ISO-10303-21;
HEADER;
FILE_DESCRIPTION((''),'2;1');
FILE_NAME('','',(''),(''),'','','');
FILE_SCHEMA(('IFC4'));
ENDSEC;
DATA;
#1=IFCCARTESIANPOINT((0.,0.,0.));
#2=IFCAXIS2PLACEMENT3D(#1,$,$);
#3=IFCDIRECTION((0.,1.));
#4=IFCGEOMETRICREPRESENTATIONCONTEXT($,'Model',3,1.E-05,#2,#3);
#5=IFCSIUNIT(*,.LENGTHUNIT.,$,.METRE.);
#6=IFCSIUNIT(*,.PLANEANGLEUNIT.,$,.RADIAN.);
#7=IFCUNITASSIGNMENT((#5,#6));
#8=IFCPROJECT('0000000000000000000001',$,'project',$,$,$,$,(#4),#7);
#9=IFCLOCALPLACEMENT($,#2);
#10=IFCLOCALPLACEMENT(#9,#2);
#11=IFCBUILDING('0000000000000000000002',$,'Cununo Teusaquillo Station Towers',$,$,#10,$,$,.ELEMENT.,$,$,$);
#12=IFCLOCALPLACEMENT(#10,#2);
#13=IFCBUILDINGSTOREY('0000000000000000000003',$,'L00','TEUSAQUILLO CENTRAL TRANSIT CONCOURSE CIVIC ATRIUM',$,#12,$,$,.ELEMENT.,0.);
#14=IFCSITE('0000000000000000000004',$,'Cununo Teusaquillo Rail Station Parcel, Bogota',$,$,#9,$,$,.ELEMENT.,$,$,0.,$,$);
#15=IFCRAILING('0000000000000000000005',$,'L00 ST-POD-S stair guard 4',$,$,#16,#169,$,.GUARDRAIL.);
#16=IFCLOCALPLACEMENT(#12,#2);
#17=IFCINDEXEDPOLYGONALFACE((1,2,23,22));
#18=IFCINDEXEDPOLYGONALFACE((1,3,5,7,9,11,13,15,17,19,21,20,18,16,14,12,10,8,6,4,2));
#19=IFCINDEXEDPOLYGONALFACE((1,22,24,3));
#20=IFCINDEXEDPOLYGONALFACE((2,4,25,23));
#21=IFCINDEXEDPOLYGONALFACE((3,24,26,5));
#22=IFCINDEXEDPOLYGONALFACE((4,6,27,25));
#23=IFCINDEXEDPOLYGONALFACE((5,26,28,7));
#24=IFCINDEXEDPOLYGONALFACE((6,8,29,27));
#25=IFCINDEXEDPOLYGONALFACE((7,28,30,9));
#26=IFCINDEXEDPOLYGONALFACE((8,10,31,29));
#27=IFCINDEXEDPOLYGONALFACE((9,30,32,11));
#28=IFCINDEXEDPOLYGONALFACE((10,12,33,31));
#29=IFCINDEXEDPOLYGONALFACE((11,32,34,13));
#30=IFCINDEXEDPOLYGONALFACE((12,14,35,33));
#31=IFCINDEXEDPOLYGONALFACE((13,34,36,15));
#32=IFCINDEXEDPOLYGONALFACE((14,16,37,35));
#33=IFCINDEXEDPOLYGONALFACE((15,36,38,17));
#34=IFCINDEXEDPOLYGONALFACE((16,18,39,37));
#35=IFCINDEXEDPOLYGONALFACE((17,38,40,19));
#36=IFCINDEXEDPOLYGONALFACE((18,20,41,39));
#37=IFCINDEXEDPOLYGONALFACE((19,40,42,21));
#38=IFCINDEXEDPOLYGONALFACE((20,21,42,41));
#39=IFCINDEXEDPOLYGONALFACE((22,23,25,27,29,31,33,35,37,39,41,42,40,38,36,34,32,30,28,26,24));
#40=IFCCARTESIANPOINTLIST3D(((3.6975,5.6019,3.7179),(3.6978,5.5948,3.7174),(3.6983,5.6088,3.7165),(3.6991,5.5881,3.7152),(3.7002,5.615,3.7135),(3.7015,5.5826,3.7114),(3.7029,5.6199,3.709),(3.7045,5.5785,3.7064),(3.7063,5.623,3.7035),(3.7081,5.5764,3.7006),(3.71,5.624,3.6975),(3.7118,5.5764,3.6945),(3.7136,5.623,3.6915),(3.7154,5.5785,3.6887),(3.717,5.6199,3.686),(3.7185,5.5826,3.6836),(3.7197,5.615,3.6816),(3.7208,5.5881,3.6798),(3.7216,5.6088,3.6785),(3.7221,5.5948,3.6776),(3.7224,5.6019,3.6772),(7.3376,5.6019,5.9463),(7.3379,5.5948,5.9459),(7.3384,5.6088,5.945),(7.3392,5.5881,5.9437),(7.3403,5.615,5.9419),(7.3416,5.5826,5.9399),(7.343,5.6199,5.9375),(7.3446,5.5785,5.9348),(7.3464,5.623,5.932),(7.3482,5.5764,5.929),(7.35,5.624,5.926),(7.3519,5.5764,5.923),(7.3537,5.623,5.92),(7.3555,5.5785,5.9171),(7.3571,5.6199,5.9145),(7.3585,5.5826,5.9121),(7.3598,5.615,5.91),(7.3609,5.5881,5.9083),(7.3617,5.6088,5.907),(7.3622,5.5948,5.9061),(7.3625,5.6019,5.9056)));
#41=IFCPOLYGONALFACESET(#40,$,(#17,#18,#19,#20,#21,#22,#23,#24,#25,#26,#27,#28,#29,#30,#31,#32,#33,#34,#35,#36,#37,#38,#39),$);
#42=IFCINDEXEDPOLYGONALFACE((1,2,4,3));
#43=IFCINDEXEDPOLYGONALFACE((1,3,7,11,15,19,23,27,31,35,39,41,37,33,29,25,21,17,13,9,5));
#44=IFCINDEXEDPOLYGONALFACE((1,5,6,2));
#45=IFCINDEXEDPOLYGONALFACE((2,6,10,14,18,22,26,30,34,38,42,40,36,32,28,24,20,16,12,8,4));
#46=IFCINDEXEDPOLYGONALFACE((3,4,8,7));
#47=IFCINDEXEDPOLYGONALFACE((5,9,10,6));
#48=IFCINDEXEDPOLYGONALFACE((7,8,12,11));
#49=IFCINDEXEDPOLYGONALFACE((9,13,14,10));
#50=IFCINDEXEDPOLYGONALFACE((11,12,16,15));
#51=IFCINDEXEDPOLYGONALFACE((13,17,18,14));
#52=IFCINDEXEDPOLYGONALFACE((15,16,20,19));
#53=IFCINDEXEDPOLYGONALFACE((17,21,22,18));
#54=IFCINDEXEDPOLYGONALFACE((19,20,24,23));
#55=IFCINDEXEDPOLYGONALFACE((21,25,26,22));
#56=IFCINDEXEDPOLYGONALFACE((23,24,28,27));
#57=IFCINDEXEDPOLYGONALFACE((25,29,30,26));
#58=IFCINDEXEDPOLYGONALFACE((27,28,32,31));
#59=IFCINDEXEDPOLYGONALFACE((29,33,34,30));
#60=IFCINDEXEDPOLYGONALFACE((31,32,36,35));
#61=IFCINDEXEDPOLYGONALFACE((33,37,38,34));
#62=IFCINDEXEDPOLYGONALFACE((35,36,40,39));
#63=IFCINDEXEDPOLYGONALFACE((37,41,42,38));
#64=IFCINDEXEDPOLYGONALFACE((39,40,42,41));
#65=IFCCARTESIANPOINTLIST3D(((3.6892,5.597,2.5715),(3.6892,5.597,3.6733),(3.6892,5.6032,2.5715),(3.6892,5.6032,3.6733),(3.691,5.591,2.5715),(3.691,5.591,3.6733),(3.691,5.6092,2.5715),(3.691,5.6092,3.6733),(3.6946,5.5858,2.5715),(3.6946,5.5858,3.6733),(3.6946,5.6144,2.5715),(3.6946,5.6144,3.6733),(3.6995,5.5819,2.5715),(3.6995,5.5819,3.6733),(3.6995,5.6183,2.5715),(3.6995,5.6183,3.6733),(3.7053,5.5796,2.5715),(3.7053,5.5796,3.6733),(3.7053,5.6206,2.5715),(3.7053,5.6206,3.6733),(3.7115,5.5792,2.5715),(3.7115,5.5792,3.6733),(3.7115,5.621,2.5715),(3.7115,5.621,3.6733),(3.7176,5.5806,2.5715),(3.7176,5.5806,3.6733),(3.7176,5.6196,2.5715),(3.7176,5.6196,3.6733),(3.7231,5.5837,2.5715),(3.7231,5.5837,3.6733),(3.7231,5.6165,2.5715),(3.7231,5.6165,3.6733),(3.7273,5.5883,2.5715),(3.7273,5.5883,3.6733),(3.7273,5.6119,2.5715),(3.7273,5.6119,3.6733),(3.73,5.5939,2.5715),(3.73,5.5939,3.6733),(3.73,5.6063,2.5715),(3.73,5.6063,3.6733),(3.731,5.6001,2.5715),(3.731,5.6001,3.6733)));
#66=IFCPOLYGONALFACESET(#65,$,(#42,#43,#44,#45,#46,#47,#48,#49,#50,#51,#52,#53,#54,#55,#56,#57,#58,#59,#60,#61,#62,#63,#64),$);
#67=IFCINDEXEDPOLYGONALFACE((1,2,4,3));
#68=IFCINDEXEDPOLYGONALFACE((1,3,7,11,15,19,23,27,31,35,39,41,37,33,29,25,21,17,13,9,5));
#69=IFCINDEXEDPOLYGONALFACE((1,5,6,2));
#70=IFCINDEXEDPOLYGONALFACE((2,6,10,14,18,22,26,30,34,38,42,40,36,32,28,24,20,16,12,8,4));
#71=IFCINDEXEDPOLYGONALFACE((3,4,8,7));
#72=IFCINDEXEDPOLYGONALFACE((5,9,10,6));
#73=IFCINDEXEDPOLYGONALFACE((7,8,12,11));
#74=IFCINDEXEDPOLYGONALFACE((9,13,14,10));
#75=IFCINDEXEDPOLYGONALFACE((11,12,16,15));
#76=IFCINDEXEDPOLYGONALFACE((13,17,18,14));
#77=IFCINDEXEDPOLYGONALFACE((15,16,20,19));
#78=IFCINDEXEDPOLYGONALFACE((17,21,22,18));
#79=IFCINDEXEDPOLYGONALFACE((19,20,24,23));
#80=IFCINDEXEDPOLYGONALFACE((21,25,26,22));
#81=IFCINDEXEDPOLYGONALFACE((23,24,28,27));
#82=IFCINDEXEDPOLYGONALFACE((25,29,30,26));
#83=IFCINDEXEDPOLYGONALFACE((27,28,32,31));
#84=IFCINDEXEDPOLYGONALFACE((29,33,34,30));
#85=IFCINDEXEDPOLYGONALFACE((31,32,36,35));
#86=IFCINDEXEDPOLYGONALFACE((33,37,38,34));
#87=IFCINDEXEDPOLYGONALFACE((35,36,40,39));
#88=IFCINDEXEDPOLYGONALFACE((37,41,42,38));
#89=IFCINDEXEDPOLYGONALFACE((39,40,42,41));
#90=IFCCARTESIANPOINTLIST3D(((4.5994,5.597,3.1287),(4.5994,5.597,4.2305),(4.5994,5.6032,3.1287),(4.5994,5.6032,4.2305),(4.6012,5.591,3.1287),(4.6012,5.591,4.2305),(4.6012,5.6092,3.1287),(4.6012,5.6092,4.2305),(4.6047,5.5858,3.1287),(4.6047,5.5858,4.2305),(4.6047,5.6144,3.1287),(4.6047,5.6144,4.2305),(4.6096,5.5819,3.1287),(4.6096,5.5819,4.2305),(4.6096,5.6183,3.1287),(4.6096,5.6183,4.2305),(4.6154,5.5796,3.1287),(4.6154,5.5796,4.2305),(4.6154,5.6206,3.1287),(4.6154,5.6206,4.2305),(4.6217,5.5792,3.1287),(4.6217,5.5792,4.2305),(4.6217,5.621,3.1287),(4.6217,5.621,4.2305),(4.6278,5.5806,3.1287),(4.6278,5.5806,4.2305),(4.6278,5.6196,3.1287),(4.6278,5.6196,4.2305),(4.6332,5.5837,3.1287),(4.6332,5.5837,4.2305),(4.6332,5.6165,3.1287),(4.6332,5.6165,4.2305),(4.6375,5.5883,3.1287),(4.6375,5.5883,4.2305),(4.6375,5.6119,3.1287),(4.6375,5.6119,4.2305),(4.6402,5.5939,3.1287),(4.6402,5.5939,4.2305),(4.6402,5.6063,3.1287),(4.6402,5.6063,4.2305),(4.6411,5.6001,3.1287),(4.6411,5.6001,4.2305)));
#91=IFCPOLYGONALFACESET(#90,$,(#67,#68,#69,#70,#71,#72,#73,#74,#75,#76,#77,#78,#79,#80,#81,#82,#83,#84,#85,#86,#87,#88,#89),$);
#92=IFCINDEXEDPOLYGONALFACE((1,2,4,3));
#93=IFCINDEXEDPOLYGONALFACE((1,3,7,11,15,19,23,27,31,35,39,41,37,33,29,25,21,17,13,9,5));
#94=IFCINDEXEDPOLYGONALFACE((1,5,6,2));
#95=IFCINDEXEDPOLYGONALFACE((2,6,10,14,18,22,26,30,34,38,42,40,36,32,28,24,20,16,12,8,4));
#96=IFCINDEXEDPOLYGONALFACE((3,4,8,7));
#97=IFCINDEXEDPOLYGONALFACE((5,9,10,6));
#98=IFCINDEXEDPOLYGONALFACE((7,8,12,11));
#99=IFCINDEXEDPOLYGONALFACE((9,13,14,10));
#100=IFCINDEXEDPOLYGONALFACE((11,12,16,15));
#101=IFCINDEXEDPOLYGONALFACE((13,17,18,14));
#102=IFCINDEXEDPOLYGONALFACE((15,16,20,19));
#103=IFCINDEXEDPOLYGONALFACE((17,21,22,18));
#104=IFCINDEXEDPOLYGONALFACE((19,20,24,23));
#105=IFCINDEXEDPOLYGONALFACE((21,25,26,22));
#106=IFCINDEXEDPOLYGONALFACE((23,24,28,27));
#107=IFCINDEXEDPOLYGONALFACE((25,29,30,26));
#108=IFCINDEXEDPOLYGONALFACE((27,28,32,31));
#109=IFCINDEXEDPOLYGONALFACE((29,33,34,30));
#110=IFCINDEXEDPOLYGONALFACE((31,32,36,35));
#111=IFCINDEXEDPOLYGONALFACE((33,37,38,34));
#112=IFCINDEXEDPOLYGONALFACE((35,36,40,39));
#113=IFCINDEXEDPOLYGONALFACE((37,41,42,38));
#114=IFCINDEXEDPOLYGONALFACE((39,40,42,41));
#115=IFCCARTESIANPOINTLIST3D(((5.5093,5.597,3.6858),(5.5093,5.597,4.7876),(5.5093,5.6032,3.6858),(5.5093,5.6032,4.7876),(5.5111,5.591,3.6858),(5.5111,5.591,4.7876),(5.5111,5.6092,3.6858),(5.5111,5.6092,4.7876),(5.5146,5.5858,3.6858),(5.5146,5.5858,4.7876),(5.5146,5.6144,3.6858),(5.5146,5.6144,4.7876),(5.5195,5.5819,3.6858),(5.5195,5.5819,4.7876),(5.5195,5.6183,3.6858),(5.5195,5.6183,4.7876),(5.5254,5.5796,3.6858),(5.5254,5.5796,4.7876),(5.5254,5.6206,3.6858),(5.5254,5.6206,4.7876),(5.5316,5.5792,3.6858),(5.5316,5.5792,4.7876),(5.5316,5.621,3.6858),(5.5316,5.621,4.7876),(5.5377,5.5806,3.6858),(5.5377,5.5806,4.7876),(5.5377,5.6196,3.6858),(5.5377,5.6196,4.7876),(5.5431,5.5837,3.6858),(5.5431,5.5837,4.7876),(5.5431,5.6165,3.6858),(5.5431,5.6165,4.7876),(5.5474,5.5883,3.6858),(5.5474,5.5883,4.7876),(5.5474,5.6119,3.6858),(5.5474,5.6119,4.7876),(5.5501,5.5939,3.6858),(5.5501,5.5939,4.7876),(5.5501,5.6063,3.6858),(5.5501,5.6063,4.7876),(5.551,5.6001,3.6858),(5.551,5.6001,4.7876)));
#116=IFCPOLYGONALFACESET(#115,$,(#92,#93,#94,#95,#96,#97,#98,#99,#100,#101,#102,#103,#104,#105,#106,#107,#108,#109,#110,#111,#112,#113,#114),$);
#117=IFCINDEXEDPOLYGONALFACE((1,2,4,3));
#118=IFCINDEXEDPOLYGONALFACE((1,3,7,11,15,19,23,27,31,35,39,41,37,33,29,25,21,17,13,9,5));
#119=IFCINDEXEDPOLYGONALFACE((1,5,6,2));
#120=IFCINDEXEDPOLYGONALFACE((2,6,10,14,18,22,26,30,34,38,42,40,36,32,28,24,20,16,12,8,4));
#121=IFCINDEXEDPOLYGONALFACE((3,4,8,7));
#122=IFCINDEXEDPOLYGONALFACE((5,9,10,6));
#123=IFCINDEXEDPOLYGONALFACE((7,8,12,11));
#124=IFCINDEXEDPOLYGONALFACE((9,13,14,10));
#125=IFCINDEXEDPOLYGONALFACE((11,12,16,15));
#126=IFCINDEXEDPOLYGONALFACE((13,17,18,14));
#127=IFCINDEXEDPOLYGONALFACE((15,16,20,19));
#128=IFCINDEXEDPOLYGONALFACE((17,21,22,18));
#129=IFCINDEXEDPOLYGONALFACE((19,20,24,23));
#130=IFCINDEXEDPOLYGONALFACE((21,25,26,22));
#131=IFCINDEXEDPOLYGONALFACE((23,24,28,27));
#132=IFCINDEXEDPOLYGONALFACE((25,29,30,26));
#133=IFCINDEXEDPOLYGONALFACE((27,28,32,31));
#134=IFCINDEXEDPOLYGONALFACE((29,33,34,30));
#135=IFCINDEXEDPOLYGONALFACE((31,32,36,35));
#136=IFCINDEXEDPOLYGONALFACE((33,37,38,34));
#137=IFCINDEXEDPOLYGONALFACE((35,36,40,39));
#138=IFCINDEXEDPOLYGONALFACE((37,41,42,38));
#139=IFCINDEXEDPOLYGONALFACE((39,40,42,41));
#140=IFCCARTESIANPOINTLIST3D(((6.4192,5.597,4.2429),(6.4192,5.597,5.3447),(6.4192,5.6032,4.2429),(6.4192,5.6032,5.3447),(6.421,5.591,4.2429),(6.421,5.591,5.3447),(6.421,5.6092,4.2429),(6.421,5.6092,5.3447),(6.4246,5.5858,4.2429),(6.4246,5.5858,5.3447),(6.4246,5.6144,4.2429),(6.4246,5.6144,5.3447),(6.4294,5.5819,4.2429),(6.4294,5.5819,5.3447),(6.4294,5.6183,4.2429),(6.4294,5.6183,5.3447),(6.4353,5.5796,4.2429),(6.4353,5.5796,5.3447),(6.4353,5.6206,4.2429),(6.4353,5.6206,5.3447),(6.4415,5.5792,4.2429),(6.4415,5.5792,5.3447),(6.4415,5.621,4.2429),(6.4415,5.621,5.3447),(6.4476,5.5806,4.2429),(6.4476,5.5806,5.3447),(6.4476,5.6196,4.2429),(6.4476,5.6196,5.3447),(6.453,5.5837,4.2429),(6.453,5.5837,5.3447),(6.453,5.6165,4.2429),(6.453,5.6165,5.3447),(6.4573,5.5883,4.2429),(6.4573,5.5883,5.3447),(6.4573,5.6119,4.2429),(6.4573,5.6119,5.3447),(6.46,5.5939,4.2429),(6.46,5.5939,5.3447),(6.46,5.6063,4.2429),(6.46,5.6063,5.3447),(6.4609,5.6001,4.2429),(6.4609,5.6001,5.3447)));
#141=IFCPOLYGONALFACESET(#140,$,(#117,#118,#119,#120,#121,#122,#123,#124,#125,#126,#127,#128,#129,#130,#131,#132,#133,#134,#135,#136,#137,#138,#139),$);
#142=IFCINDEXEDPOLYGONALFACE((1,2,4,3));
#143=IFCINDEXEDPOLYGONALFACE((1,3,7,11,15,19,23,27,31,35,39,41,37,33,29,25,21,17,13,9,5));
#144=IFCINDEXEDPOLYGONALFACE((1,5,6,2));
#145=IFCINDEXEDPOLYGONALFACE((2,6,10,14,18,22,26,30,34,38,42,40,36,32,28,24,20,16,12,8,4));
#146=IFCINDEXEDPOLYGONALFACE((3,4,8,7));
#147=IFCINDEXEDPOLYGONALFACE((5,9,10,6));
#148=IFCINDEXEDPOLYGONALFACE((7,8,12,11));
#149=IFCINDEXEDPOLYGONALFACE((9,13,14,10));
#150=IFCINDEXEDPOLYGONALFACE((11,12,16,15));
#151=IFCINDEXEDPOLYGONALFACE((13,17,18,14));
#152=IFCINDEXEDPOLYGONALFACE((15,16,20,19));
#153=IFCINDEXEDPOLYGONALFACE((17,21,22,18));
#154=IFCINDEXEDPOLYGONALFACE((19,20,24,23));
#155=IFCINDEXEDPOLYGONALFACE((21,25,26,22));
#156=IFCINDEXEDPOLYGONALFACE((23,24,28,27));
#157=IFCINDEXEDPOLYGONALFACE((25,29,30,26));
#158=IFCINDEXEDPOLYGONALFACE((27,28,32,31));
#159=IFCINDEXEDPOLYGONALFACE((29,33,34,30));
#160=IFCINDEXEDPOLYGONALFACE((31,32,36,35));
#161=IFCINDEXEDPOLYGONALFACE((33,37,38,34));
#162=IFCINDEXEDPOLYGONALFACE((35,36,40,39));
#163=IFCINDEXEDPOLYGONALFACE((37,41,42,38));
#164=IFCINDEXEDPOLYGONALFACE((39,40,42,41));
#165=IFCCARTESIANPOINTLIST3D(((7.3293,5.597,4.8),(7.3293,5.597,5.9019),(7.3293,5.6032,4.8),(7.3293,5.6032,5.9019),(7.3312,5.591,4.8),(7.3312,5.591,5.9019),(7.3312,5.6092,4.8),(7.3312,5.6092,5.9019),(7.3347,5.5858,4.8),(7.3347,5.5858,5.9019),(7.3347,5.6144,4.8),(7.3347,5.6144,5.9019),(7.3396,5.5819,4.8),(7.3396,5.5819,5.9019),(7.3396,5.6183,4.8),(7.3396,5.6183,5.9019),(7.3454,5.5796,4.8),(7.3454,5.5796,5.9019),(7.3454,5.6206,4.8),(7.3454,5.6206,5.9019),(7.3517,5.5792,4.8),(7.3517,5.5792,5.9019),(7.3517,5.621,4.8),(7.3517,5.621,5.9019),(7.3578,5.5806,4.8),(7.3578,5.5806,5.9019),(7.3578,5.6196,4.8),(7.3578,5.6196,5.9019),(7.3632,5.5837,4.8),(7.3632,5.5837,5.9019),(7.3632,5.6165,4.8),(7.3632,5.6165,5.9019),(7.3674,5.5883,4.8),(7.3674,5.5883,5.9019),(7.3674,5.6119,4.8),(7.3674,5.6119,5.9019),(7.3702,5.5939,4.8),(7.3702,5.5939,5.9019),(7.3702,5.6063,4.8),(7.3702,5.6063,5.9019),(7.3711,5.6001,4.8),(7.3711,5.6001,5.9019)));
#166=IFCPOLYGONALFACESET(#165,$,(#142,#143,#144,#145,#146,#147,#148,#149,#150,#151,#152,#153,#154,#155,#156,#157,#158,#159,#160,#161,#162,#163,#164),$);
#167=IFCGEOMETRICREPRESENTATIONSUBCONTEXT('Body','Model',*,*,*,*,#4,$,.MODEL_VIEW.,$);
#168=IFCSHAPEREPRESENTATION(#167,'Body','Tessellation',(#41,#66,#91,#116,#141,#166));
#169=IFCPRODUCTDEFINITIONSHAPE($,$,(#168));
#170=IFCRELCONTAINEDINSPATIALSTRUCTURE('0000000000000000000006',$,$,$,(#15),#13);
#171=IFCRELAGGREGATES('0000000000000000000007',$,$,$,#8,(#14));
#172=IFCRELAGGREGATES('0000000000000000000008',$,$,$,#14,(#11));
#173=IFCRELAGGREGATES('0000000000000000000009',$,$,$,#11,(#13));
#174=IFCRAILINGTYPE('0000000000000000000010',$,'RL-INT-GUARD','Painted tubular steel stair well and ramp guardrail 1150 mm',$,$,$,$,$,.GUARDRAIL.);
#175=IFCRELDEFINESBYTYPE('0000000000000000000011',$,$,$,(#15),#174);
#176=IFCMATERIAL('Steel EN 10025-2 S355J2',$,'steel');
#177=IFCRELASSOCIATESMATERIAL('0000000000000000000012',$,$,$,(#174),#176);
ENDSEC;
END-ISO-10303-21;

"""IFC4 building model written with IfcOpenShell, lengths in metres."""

from ifc_helpers import new_model, si_unit, direction, frame, origin, origin_2d, place, context, subcontext, project, spatial, circle, extrude, material, type_object, element, save


model = new_model("IFC4")

# Units and contexts
model_context = context("Model", 3, precision=1e-05, world=origin(), true_north=direction((0.0, 1.0)))
body_context = subcontext(model_context, "Body", "Model", "MODEL_VIEW")
ifc_project = project(units=[si_unit("LENGTHUNIT", "METRE"), si_unit("PLANEANGLEUNIT", "RADIAN")], contexts=[model_context])

# Site, building, storey
site_placement = place(None, origin())
site = spatial("IfcSite", under=ifc_project, at=site_placement, Name="Cununo Teusaquillo Rail Station Parcel, Bogota", CompositionType="ELEMENT", RefElevation=0.0)
building_placement = place(site_placement, origin())
building = spatial("IfcBuilding", under=site, at=building_placement, Name="Cununo Teusaquillo Station Towers", CompositionType="ELEMENT")
storey_placement = place(building_placement, origin())
storey = spatial("IfcBuildingStorey", under=building, at=storey_placement, Name="L00", Description="TEUSAQUILLO CENTRAL TRANSIT CONCOURSE CIVIC ATRIUM", CompositionType="ELEMENT", Elevation=0.0)

# Railing
ifc_material_1 = material(Name="Steel EN 10025-2 S355J2", Category="steel")
railing_type_1 = type_object("IfcRailingType", Name="RL-INT-GUARD", Description="Painted tubular steel stair well and ramp guardrail 1150 mm", PredefinedType="GUARDRAIL", material=ifc_material_1)
railing_1_placement = place(storey_placement, frame((3.71, 5.6001, 2.5715)))
element("IfcRailing", 1, at=railing_1_placement, inside=storey, type_object=railing_type_1, Name="L00 ST-POD-S stair guard 4", PredefinedType="GUARDRAIL", context=body_context, shape_type="SweptSolid", body=[
    extrude(circle(Radius=0.0239, at=origin_2d()), frame((0.0, 0.0, 1.126), z_axis=(0.852866, 0.0, 0.52213), x_axis=(0.0, 1.0, 0.0)), (0.0, 0.0, 1.0), 4.2681),
    extrude(circle(Radius=0.021, at=origin_2d()), origin(), (0.0, 0.0, 1.0), 1.1018),
    extrude(circle(Radius=0.021, at=origin_2d()), frame((0.9102, 0.0, 0.5571)), (0.0, 0.0, 1.0), 1.1018),
    extrude(circle(Radius=0.021, at=origin_2d()), frame((1.8201, 0.0, 1.1143)), (0.0, 0.0, 1.0), 1.1018),
    extrude(circle(Radius=0.021, at=origin_2d()), frame((2.73, 0.0, 1.6714)), (0.0, 0.0, 1.0), 1.1018),
    extrude(circle(Radius=0.021, at=origin_2d()), frame((3.6401, 0.0, 2.2285)), (0.0, 0.0, 1.0), 1.1018),
])

save(model, "model.ifc")
